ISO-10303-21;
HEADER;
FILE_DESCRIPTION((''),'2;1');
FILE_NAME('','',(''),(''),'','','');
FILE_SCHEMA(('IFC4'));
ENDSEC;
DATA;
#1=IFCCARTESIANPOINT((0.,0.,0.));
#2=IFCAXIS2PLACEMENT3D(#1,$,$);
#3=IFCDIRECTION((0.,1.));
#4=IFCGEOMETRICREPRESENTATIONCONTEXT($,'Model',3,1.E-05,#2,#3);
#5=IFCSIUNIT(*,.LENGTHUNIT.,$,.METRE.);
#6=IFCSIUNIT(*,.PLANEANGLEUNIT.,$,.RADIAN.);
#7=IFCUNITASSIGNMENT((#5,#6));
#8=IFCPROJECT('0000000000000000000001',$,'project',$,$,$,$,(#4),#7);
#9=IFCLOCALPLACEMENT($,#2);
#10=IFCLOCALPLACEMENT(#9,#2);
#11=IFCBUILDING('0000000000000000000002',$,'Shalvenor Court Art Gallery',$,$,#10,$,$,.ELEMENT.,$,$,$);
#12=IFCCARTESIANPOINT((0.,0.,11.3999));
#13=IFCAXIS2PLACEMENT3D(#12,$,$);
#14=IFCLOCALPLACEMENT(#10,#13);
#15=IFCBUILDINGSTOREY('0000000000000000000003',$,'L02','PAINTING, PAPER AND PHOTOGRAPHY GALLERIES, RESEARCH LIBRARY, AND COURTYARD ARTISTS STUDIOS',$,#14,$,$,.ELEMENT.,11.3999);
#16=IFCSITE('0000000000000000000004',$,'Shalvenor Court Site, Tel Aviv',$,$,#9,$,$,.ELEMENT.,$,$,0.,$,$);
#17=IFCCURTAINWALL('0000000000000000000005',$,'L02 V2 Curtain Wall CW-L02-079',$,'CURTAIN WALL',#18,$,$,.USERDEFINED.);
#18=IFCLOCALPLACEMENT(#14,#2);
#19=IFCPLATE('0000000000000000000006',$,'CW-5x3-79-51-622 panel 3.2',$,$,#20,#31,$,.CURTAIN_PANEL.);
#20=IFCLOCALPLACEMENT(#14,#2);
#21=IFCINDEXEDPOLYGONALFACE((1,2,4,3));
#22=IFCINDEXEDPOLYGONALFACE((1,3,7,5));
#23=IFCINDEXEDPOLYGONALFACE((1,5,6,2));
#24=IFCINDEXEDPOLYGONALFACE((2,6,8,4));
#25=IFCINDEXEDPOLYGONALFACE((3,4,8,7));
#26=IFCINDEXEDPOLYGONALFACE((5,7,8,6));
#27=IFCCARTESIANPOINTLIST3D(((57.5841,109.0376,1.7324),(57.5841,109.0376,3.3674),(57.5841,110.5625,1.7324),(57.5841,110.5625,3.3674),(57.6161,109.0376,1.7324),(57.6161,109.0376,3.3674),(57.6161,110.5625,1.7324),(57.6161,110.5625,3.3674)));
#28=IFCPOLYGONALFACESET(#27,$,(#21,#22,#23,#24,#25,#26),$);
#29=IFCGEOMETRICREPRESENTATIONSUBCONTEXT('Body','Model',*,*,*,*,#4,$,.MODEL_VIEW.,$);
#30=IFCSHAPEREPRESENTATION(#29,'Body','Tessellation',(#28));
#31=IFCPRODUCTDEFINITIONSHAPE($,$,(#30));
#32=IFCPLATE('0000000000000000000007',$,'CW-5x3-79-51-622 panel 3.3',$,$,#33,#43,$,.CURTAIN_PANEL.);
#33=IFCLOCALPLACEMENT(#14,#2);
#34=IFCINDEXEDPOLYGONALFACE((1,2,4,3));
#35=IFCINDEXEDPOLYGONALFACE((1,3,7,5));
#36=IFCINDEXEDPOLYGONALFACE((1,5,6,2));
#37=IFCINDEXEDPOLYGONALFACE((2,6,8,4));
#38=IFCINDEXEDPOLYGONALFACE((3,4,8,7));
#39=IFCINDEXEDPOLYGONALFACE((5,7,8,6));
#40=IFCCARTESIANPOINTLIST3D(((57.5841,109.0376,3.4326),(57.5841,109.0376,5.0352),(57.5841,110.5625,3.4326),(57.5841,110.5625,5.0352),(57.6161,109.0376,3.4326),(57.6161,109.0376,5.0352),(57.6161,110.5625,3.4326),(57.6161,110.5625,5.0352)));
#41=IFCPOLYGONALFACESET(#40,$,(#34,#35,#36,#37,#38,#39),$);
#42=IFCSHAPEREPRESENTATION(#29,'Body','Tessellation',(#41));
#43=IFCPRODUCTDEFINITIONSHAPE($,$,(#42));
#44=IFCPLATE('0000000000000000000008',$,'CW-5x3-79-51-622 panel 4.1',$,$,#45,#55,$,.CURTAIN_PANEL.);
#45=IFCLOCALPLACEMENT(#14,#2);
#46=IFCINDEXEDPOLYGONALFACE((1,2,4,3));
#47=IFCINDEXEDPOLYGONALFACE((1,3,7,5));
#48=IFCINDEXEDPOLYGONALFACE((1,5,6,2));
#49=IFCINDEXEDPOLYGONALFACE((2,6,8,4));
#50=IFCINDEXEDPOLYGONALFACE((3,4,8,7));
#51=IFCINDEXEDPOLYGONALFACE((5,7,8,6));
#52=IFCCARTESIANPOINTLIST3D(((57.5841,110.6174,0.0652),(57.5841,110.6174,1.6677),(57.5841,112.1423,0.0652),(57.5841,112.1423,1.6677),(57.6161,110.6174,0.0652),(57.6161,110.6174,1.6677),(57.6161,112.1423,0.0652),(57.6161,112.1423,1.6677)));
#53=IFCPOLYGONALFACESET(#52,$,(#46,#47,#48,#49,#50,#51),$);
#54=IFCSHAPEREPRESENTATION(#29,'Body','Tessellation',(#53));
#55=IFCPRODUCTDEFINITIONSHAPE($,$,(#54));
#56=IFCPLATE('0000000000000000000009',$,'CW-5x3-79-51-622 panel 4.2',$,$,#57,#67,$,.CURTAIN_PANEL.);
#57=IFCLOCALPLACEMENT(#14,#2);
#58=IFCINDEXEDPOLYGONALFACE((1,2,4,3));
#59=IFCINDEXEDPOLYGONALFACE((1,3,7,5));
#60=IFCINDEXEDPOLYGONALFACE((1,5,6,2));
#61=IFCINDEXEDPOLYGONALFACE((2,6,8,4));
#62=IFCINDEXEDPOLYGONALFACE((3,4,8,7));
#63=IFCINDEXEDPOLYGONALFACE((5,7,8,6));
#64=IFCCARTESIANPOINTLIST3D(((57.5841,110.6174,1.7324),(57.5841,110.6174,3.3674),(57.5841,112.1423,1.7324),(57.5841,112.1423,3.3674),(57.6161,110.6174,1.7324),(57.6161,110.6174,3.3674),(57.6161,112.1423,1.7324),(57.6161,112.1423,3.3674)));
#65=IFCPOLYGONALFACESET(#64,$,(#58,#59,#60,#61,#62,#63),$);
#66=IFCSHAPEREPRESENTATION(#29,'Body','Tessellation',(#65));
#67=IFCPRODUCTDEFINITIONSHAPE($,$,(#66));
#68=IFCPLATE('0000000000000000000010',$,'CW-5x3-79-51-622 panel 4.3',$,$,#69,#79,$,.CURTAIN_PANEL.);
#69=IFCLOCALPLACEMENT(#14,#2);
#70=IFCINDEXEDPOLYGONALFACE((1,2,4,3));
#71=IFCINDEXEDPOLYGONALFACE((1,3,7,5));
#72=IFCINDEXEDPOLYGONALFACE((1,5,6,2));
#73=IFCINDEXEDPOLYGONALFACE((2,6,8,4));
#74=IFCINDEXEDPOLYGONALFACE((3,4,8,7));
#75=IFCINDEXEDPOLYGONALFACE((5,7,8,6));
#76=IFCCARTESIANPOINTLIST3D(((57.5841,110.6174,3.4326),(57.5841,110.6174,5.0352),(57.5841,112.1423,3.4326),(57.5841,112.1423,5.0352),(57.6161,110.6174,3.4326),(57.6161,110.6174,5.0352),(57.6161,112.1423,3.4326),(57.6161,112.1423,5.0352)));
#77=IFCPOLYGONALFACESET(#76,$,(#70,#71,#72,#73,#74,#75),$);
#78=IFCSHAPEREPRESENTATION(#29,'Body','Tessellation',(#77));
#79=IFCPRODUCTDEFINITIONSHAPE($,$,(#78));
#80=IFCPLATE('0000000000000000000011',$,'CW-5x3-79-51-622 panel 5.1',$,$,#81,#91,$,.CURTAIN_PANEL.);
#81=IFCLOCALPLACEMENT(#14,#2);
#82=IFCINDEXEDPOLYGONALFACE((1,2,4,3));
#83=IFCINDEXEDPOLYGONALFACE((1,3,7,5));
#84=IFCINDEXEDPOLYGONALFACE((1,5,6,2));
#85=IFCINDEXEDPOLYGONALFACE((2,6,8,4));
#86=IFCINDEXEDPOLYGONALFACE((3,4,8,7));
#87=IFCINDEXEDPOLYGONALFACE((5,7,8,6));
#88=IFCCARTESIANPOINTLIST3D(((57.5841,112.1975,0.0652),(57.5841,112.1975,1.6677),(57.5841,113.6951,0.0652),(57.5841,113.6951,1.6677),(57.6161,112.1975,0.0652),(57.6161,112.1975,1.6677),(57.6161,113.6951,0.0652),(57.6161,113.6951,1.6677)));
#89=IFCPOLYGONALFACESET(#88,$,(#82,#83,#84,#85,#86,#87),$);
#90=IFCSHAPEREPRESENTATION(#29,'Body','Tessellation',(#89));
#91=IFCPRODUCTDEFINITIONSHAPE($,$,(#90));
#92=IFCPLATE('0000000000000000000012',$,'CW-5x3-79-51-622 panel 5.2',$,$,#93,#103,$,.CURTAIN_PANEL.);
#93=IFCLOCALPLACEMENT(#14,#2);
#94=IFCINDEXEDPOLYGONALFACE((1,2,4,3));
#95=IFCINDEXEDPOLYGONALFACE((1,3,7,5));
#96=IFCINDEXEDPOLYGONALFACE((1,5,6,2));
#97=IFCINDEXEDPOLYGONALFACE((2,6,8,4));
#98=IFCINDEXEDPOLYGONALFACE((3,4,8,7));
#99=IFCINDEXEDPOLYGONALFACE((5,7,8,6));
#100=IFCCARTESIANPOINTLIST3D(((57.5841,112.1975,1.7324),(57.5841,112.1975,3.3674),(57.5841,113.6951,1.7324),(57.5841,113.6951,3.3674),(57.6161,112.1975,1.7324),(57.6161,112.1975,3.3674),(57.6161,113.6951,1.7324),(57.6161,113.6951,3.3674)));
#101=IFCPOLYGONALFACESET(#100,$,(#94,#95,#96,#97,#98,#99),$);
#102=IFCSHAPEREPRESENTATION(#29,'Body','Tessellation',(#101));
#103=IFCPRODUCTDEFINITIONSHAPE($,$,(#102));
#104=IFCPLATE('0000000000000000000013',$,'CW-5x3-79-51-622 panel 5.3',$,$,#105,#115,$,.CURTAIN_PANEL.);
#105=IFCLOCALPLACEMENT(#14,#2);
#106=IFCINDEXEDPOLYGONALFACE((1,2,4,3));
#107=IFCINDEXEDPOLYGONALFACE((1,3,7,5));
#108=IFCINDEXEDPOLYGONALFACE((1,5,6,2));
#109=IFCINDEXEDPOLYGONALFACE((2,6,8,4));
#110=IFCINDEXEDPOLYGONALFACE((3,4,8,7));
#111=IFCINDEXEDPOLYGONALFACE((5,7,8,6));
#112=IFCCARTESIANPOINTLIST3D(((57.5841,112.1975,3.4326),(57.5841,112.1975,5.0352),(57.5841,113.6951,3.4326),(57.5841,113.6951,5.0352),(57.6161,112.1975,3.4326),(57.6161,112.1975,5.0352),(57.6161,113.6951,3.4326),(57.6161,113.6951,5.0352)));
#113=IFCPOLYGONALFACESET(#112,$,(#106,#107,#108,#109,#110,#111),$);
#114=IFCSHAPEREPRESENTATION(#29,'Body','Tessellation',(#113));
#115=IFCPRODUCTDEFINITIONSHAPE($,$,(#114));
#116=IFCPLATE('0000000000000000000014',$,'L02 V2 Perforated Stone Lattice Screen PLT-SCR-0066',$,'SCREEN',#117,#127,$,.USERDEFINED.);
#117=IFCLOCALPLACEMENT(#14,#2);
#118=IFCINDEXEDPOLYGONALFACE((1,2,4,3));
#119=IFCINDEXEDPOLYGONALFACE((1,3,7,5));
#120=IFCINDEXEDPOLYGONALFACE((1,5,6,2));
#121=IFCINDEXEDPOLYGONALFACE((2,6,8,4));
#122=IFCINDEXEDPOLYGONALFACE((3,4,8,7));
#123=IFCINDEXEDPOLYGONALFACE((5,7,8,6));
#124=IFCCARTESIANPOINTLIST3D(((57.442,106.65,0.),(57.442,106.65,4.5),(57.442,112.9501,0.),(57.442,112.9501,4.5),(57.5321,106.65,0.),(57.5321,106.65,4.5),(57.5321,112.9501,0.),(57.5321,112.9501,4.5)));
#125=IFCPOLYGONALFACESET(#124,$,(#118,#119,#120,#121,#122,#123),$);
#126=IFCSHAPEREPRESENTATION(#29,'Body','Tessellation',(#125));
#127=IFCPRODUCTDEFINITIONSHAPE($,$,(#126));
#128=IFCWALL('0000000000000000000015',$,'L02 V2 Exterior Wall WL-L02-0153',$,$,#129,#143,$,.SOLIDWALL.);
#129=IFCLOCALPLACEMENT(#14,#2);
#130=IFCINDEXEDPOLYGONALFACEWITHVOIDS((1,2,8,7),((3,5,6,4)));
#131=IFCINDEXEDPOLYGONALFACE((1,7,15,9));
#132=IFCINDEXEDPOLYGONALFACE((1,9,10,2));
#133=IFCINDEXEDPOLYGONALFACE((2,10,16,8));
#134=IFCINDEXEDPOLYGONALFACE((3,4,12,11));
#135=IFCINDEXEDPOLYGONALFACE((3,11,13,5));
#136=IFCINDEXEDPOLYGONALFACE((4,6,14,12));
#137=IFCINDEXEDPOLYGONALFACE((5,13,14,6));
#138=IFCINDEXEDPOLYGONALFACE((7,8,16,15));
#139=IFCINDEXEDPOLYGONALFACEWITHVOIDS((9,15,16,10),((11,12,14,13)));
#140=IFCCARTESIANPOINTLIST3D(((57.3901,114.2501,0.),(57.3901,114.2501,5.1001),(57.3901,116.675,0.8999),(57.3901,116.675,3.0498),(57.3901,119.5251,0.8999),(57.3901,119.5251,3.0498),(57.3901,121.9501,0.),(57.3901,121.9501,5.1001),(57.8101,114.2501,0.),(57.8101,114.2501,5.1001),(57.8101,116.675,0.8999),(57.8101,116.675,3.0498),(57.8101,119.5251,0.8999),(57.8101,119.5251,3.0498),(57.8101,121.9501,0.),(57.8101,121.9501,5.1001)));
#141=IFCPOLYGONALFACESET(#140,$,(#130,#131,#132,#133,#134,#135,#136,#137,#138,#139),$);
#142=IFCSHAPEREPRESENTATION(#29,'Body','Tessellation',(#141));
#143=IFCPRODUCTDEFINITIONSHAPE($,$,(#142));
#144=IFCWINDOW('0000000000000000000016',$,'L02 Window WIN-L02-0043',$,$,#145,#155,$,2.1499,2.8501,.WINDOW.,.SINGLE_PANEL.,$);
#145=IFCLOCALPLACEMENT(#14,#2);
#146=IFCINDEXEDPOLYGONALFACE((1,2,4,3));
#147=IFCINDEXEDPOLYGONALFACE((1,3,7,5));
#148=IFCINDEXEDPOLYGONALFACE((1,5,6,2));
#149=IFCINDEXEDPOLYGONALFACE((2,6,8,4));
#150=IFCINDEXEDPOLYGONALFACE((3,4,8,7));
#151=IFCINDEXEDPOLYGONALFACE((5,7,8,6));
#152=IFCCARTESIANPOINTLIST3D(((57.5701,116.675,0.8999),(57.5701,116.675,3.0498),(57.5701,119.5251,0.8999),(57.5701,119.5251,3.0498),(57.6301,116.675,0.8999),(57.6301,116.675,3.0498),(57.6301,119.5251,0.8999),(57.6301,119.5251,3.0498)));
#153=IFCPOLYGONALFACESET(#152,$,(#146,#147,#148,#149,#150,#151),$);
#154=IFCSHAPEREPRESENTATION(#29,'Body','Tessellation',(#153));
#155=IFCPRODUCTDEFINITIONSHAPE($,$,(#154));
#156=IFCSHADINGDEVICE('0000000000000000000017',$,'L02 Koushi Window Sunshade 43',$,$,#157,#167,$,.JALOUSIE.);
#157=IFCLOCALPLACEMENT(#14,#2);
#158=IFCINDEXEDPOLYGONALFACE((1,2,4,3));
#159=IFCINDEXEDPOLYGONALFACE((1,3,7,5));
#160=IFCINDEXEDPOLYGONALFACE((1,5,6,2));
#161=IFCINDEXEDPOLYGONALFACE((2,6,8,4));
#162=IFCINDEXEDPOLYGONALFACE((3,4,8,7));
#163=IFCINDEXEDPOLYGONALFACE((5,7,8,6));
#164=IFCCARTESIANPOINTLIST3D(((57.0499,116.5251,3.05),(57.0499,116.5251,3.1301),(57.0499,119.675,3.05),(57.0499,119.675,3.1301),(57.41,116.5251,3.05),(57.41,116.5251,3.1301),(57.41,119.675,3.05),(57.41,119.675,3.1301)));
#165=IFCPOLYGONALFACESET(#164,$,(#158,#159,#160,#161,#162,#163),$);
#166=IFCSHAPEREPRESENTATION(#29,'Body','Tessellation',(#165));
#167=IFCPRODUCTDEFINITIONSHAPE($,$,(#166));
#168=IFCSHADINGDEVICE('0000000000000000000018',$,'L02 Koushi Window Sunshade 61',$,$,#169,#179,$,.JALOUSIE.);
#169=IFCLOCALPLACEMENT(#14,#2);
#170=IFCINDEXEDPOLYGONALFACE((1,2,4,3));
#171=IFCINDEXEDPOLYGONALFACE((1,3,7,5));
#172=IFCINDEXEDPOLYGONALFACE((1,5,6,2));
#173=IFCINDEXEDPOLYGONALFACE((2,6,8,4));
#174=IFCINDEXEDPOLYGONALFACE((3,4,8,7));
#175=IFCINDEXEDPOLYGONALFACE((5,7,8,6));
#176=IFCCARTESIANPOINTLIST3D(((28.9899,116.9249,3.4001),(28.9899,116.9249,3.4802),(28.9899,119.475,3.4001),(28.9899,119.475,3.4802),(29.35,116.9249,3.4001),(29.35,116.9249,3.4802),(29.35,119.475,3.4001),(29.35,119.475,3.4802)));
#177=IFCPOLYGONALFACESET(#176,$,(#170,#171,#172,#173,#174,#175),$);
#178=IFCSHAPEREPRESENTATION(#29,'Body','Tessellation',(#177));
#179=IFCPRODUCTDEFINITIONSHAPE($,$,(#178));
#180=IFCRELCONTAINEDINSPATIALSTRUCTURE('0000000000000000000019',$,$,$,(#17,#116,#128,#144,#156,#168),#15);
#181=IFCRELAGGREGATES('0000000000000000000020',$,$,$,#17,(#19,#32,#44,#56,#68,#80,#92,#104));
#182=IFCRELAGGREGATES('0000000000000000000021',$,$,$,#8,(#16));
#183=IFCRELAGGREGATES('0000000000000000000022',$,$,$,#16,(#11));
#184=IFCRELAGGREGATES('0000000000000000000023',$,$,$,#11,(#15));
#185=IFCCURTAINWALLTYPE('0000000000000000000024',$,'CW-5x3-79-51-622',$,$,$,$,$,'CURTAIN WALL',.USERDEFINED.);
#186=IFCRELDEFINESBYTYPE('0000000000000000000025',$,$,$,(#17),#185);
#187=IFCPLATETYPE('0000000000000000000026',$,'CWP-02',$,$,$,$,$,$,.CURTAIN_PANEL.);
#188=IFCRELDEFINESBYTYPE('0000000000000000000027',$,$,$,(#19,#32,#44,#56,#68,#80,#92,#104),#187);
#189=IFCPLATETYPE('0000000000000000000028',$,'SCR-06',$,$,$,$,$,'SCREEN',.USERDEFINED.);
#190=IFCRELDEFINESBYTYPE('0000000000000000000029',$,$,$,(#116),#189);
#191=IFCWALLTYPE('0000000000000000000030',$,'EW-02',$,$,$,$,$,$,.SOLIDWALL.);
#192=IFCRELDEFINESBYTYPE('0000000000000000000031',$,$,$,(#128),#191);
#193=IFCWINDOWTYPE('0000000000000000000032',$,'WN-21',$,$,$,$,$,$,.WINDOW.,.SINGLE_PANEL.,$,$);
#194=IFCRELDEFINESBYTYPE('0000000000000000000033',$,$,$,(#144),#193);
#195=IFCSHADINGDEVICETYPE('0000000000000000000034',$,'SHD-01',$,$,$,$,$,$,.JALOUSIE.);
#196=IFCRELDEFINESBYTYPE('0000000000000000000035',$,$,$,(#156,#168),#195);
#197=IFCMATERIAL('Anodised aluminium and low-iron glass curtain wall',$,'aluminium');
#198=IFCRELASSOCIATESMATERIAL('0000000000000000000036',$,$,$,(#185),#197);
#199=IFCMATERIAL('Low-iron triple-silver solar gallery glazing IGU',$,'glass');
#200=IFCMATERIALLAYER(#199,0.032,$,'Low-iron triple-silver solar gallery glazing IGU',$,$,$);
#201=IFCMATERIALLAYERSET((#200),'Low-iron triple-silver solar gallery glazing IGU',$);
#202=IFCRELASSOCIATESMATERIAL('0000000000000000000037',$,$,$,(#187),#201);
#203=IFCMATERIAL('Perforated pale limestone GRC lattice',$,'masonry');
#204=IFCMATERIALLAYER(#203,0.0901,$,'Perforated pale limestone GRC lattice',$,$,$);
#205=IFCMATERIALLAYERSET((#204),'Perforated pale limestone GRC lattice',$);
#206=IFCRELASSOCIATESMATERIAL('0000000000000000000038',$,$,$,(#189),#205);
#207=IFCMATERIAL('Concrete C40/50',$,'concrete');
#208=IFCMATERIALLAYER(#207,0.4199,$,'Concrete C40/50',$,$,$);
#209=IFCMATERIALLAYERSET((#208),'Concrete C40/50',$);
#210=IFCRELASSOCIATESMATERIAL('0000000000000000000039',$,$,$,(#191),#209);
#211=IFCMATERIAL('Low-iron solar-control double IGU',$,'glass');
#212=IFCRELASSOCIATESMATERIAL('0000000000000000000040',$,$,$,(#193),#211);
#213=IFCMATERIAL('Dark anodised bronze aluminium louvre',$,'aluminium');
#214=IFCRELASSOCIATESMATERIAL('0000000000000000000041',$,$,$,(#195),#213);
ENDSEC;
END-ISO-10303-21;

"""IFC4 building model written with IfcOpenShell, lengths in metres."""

from ifc_helpers import new_model, si_unit, direction, frame, frame_2d, origin, origin_2d, place, context, subcontext, project, spatial, rectangle, extrude, material, layer, layer_set, type_object, element, fill, aggregate, save


model = new_model("IFC4")

# Units and contexts
model_context = context("Model", 3, precision=1e-05, world=origin(), true_north=direction((0.0, 1.0)))
body_context = subcontext(model_context, "Body", "Model", "MODEL_VIEW")
ifc_project = project(units=[si_unit("LENGTHUNIT", "METRE"), si_unit("PLANEANGLEUNIT", "RADIAN")], contexts=[model_context])

# Site, building, storey
site_placement = place(None, origin())
site = spatial("IfcSite", under=ifc_project, at=site_placement, Name="Shalvenor Court Site, Tel Aviv", CompositionType="ELEMENT", RefElevation=0.0)
building_placement = place(site_placement, origin())
building = spatial("IfcBuilding", under=site, at=building_placement, Name="Shalvenor Court Art Gallery", CompositionType="ELEMENT")
storey_placement = place(building_placement, frame((0.0, 0.0, 11.3999)))
storey = spatial("IfcBuildingStorey", under=building, at=storey_placement, Name="L02", Description="PAINTING, PAPER AND PHOTOGRAPHY GALLERIES, RESEARCH LIBRARY, AND COURTYARD ARTISTS STUDIOS", CompositionType="ELEMENT", Elevation=11.3999)

# Curtain wall
ifc_material_1 = material(Name="Anodised aluminium and low-iron glass curtain wall", Category="aluminium")
curtain_wall_type = type_object("IfcCurtainWallType", Name="CW-5x3-79-51-622", ElementType="CURTAIN WALL", PredefinedType="USERDEFINED", material=ifc_material_1)
curtain_wall_placement = place(storey_placement, origin())
curtain_wall = element("IfcCurtainWall", 1, at=curtain_wall_placement, inside=storey, type_object=curtain_wall_type, Name="L02 V2 Curtain Wall CW-L02-079", ObjectType="CURTAIN WALL", PredefinedType="USERDEFINED")

# Plates
ifc_material_2 = material(Name="Low-iron triple-silver solar gallery glazing IGU", Category="glass")
ifc_layer_1 = layer(ifc_material_2, 0.032, Name="Low-iron triple-silver solar gallery glazing IGU")
ifc_layer_set_1 = layer_set([ifc_layer_1], Name="Low-iron triple-silver solar gallery glazing IGU")
plate_type_1 = type_object("IfcPlateType", Name="CWP-02", PredefinedType="CURTAIN_PANEL", material=ifc_layer_set_1)
plate_1_placement = place(storey_placement, frame((57.6001, 109.8, 1.7324), z_axis=(0.0, 0.0, 1.0), x_axis=(0.0, 1.0, 0.0)))
plate_1 = element("IfcPlate", 2, at=plate_1_placement, type_object=plate_type_1, Name="CW-5x3-79-51-622 panel 3.2", PredefinedType="CURTAIN_PANEL", context=body_context, shape_type="SweptSolid", body=[
    extrude(rectangle(XDim=1.5249, YDim=0.032, at=origin_2d()), origin(), (0.0, 0.0, 1.0), 1.635),
])
plate_2_placement = place(storey_placement, frame((57.6001, 109.8, 3.4326), z_axis=(0.0, 0.0, 1.0), x_axis=(0.0, 1.0, 0.0)))
plate_2 = element("IfcPlate", 3, at=plate_2_placement, type_object=plate_type_1, Name="CW-5x3-79-51-622 panel 3.3", PredefinedType="CURTAIN_PANEL", context=body_context, shape_type="SweptSolid", body=[
    extrude(rectangle(XDim=1.5249, YDim=0.032, at=origin_2d()), origin(), (0.0, 0.0, 1.0), 1.6025),
])
plate_3_placement = place(storey_placement, frame((57.6001, 111.3799, 0.0652), z_axis=(0.0, 0.0, 1.0), x_axis=(0.0, 1.0, 0.0)))
plate_3 = element("IfcPlate", 4, at=plate_3_placement, type_object=plate_type_1, Name="CW-5x3-79-51-622 panel 4.1", PredefinedType="CURTAIN_PANEL", context=body_context, shape_type="SweptSolid", body=[
    extrude(rectangle(XDim=1.5249, YDim=0.032, at=origin_2d()), origin(), (0.0, 0.0, 1.0), 1.6025),
])
plate_4_placement = place(storey_placement, frame((57.6001, 111.3799, 1.7324), z_axis=(0.0, 0.0, 1.0), x_axis=(0.0, 1.0, 0.0)))
plate_4 = element("IfcPlate", 5, at=plate_4_placement, type_object=plate_type_1, Name="CW-5x3-79-51-622 panel 4.2", PredefinedType="CURTAIN_PANEL", context=body_context, shape_type="SweptSolid", body=[
    extrude(rectangle(XDim=1.5249, YDim=0.032, at=origin_2d()), origin(), (0.0, 0.0, 1.0), 1.635),
])
plate_5_placement = place(storey_placement, frame((57.6001, 111.3799, 3.4326), z_axis=(0.0, 0.0, 1.0), x_axis=(0.0, 1.0, 0.0)))
plate_5 = element("IfcPlate", 6, at=plate_5_placement, type_object=plate_type_1, Name="CW-5x3-79-51-622 panel 4.3", PredefinedType="CURTAIN_PANEL", context=body_context, shape_type="SweptSolid", body=[
    extrude(rectangle(XDim=1.5249, YDim=0.032, at=origin_2d()), origin(), (0.0, 0.0, 1.0), 1.6025),
])
plate_6_placement = place(storey_placement, frame((57.6001, 112.9463, 0.0652), z_axis=(0.0, 0.0, 1.0), x_axis=(0.0, 1.0, 0.0)))
plate_6 = element("IfcPlate", 7, at=plate_6_placement, type_object=plate_type_1, Name="CW-5x3-79-51-622 panel 5.1", PredefinedType="CURTAIN_PANEL", context=body_context, shape_type="SweptSolid", body=[
    extrude(rectangle(XDim=1.4976, YDim=0.032, at=origin_2d()), origin(), (0.0, 0.0, 1.0), 1.6025),
])
plate_7_placement = place(storey_placement, frame((57.6001, 112.9463, 1.7324), z_axis=(0.0, 0.0, 1.0), x_axis=(0.0, 1.0, 0.0)))
plate_7 = element("IfcPlate", 8, at=plate_7_placement, type_object=plate_type_1, Name="CW-5x3-79-51-622 panel 5.2", PredefinedType="CURTAIN_PANEL", context=body_context, shape_type="SweptSolid", body=[
    extrude(rectangle(XDim=1.4976, YDim=0.032, at=origin_2d()), origin(), (0.0, 0.0, 1.0), 1.635),
])
plate_8_placement = place(storey_placement, frame((57.6001, 112.9463, 3.4326), z_axis=(0.0, 0.0, 1.0), x_axis=(0.0, 1.0, 0.0)))
plate_8 = element("IfcPlate", 9, at=plate_8_placement, type_object=plate_type_1, Name="CW-5x3-79-51-622 panel 5.3", PredefinedType="CURTAIN_PANEL", context=body_context, shape_type="SweptSolid", body=[
    extrude(rectangle(XDim=1.4976, YDim=0.032, at=origin_2d()), origin(), (0.0, 0.0, 1.0), 1.6025),
])
aggregate(curtain_wall, [plate_1, plate_2, plate_3, plate_4, plate_5, plate_6, plate_7, plate_8])
ifc_material_3 = material(Name="Perforated pale limestone GRC lattice", Category="masonry")
ifc_layer_2 = layer(ifc_material_3, 0.0901, Name="Perforated pale limestone GRC lattice")
ifc_layer_set_2 = layer_set([ifc_layer_2], Name="Perforated pale limestone GRC lattice")
plate_type_2 = type_object("IfcPlateType", Name="SCR-06", ElementType="SCREEN", PredefinedType="USERDEFINED", material=ifc_layer_set_2)
plate_9_placement = place(storey_placement, frame((57.4871, 109.8, 0.0), z_axis=(0.0, 0.0, 1.0), x_axis=(0.0, 1.0, 0.0)))
element("IfcPlate", 10, at=plate_9_placement, inside=storey, type_object=plate_type_2, Name="L02 V2 Perforated Stone Lattice Screen PLT-SCR-0066", ObjectType="SCREEN", PredefinedType="USERDEFINED", context=body_context, shape_type="SweptSolid", body=[
    extrude(rectangle(XDim=6.3, YDim=0.0901, at=origin_2d()), origin(), (0.0, 0.0, 1.0), 4.5),
])

# Wall, opening, window
ifc_material_4 = material(Name="Concrete C40/50", Category="concrete")
ifc_layer_3 = layer(ifc_material_4, 0.4199, Name="Concrete C40/50")
ifc_layer_set_3 = layer_set([ifc_layer_3], Name="Concrete C40/50")
wall_type = type_object("IfcWallType", Name="EW-02", PredefinedType="SOLIDWALL", material=ifc_layer_set_3)
wall_placement = place(storey_placement, frame((57.6001, 114.25, 0.0), z_axis=(0.0, 0.0, 1.0), x_axis=(0.0, 1.0, 0.0)))
wall = element("IfcWall", 11, at=wall_placement, inside=storey, type_object=wall_type, Name="L02 V2 Exterior Wall WL-L02-0153", PredefinedType="SOLIDWALL", context=body_context, shape_type="SweptSolid", body=[
    extrude(rectangle(XDim=7.7, YDim=0.4199, at=frame_2d((3.8501, 0.0))), origin(), (0.0, 0.0, 1.0), 5.1001),
])
opening_placement = place(wall_placement, frame((2.425, 0.0, 0.8999)))
opening = element("IfcOpeningElement", 12, at=opening_placement, cuts=wall, PredefinedType="OPENING", context=body_context, shape_type="SweptSolid", body=[
    extrude(rectangle(XDim=2.8501, YDim=2.1499, at=frame_2d((1.425, 1.075))), frame((0.0, 0.22, 0.0), z_axis=(0.0, -1.0, 0.0), x_axis=(1.0, 0.0, 0.0)), (0.0, 0.0, 1.0), 0.4399),
])
ifc_material_5 = material(Name="Low-iron solar-control double IGU", Category="glass")
window_type = type_object("IfcWindowType", Name="WN-21", PartitioningType="SINGLE_PANEL", PredefinedType="WINDOW", material=ifc_material_5)
window_placement = place(opening_placement, origin())
window = element("IfcWindow", 13, at=window_placement, inside=storey, type_object=window_type, Name="L02 Window WIN-L02-0043", OverallHeight=2.1499, OverallWidth=2.8501, PartitioningType="SINGLE_PANEL", PredefinedType="WINDOW", context=body_context, shape_type="SweptSolid", body=[
    extrude(rectangle(XDim=2.8501, YDim=2.1499, at=frame_2d((1.425, 1.075))), frame((0.0, 0.03, 0.0), z_axis=(0.0, -1.0, 0.0), x_axis=(1.0, 0.0, 0.0)), (0.0, 0.0, 1.0), 0.0601),
])
fill(opening, window)

# Shading devices
ifc_material_6 = material(Name="Dark anodised bronze aluminium louvre", Category="aluminium")
shading_device_type = type_object("IfcShadingDeviceType", Name="SHD-01", PredefinedType="JALOUSIE", material=ifc_material_6)
shading_device_1_placement = place(storey_placement, frame((57.23, 118.1001, 3.05), z_axis=(0.0, 0.0, 1.0), x_axis=(0.0, 1.0, 0.0)))
element("IfcShadingDevice", 14, at=shading_device_1_placement, inside=storey, type_object=shading_device_type, Name="L02 Koushi Window Sunshade 43", PredefinedType="JALOUSIE", context=body_context, shape_type="SweptSolid", body=[
    extrude(rectangle(XDim=3.1499, YDim=0.3601, at=origin_2d()), origin(), (0.0, 0.0, 1.0), 0.0801),
])
shading_device_2_placement = place(storey_placement, frame((29.1699, 118.2, 3.4001), z_axis=(0.0, 0.0, 1.0), x_axis=(0.0, -1.0, 0.0)))
element("IfcShadingDevice", 15, at=shading_device_2_placement, inside=storey, type_object=shading_device_type, Name="L02 Koushi Window Sunshade 61", PredefinedType="JALOUSIE", context=body_context, shape_type="SweptSolid", body=[
    extrude(rectangle(XDim=2.55, YDim=0.3601, at=origin_2d()), origin(), (0.0, 0.0, 1.0), 0.0801),
])

save(model, "model.ifc")
